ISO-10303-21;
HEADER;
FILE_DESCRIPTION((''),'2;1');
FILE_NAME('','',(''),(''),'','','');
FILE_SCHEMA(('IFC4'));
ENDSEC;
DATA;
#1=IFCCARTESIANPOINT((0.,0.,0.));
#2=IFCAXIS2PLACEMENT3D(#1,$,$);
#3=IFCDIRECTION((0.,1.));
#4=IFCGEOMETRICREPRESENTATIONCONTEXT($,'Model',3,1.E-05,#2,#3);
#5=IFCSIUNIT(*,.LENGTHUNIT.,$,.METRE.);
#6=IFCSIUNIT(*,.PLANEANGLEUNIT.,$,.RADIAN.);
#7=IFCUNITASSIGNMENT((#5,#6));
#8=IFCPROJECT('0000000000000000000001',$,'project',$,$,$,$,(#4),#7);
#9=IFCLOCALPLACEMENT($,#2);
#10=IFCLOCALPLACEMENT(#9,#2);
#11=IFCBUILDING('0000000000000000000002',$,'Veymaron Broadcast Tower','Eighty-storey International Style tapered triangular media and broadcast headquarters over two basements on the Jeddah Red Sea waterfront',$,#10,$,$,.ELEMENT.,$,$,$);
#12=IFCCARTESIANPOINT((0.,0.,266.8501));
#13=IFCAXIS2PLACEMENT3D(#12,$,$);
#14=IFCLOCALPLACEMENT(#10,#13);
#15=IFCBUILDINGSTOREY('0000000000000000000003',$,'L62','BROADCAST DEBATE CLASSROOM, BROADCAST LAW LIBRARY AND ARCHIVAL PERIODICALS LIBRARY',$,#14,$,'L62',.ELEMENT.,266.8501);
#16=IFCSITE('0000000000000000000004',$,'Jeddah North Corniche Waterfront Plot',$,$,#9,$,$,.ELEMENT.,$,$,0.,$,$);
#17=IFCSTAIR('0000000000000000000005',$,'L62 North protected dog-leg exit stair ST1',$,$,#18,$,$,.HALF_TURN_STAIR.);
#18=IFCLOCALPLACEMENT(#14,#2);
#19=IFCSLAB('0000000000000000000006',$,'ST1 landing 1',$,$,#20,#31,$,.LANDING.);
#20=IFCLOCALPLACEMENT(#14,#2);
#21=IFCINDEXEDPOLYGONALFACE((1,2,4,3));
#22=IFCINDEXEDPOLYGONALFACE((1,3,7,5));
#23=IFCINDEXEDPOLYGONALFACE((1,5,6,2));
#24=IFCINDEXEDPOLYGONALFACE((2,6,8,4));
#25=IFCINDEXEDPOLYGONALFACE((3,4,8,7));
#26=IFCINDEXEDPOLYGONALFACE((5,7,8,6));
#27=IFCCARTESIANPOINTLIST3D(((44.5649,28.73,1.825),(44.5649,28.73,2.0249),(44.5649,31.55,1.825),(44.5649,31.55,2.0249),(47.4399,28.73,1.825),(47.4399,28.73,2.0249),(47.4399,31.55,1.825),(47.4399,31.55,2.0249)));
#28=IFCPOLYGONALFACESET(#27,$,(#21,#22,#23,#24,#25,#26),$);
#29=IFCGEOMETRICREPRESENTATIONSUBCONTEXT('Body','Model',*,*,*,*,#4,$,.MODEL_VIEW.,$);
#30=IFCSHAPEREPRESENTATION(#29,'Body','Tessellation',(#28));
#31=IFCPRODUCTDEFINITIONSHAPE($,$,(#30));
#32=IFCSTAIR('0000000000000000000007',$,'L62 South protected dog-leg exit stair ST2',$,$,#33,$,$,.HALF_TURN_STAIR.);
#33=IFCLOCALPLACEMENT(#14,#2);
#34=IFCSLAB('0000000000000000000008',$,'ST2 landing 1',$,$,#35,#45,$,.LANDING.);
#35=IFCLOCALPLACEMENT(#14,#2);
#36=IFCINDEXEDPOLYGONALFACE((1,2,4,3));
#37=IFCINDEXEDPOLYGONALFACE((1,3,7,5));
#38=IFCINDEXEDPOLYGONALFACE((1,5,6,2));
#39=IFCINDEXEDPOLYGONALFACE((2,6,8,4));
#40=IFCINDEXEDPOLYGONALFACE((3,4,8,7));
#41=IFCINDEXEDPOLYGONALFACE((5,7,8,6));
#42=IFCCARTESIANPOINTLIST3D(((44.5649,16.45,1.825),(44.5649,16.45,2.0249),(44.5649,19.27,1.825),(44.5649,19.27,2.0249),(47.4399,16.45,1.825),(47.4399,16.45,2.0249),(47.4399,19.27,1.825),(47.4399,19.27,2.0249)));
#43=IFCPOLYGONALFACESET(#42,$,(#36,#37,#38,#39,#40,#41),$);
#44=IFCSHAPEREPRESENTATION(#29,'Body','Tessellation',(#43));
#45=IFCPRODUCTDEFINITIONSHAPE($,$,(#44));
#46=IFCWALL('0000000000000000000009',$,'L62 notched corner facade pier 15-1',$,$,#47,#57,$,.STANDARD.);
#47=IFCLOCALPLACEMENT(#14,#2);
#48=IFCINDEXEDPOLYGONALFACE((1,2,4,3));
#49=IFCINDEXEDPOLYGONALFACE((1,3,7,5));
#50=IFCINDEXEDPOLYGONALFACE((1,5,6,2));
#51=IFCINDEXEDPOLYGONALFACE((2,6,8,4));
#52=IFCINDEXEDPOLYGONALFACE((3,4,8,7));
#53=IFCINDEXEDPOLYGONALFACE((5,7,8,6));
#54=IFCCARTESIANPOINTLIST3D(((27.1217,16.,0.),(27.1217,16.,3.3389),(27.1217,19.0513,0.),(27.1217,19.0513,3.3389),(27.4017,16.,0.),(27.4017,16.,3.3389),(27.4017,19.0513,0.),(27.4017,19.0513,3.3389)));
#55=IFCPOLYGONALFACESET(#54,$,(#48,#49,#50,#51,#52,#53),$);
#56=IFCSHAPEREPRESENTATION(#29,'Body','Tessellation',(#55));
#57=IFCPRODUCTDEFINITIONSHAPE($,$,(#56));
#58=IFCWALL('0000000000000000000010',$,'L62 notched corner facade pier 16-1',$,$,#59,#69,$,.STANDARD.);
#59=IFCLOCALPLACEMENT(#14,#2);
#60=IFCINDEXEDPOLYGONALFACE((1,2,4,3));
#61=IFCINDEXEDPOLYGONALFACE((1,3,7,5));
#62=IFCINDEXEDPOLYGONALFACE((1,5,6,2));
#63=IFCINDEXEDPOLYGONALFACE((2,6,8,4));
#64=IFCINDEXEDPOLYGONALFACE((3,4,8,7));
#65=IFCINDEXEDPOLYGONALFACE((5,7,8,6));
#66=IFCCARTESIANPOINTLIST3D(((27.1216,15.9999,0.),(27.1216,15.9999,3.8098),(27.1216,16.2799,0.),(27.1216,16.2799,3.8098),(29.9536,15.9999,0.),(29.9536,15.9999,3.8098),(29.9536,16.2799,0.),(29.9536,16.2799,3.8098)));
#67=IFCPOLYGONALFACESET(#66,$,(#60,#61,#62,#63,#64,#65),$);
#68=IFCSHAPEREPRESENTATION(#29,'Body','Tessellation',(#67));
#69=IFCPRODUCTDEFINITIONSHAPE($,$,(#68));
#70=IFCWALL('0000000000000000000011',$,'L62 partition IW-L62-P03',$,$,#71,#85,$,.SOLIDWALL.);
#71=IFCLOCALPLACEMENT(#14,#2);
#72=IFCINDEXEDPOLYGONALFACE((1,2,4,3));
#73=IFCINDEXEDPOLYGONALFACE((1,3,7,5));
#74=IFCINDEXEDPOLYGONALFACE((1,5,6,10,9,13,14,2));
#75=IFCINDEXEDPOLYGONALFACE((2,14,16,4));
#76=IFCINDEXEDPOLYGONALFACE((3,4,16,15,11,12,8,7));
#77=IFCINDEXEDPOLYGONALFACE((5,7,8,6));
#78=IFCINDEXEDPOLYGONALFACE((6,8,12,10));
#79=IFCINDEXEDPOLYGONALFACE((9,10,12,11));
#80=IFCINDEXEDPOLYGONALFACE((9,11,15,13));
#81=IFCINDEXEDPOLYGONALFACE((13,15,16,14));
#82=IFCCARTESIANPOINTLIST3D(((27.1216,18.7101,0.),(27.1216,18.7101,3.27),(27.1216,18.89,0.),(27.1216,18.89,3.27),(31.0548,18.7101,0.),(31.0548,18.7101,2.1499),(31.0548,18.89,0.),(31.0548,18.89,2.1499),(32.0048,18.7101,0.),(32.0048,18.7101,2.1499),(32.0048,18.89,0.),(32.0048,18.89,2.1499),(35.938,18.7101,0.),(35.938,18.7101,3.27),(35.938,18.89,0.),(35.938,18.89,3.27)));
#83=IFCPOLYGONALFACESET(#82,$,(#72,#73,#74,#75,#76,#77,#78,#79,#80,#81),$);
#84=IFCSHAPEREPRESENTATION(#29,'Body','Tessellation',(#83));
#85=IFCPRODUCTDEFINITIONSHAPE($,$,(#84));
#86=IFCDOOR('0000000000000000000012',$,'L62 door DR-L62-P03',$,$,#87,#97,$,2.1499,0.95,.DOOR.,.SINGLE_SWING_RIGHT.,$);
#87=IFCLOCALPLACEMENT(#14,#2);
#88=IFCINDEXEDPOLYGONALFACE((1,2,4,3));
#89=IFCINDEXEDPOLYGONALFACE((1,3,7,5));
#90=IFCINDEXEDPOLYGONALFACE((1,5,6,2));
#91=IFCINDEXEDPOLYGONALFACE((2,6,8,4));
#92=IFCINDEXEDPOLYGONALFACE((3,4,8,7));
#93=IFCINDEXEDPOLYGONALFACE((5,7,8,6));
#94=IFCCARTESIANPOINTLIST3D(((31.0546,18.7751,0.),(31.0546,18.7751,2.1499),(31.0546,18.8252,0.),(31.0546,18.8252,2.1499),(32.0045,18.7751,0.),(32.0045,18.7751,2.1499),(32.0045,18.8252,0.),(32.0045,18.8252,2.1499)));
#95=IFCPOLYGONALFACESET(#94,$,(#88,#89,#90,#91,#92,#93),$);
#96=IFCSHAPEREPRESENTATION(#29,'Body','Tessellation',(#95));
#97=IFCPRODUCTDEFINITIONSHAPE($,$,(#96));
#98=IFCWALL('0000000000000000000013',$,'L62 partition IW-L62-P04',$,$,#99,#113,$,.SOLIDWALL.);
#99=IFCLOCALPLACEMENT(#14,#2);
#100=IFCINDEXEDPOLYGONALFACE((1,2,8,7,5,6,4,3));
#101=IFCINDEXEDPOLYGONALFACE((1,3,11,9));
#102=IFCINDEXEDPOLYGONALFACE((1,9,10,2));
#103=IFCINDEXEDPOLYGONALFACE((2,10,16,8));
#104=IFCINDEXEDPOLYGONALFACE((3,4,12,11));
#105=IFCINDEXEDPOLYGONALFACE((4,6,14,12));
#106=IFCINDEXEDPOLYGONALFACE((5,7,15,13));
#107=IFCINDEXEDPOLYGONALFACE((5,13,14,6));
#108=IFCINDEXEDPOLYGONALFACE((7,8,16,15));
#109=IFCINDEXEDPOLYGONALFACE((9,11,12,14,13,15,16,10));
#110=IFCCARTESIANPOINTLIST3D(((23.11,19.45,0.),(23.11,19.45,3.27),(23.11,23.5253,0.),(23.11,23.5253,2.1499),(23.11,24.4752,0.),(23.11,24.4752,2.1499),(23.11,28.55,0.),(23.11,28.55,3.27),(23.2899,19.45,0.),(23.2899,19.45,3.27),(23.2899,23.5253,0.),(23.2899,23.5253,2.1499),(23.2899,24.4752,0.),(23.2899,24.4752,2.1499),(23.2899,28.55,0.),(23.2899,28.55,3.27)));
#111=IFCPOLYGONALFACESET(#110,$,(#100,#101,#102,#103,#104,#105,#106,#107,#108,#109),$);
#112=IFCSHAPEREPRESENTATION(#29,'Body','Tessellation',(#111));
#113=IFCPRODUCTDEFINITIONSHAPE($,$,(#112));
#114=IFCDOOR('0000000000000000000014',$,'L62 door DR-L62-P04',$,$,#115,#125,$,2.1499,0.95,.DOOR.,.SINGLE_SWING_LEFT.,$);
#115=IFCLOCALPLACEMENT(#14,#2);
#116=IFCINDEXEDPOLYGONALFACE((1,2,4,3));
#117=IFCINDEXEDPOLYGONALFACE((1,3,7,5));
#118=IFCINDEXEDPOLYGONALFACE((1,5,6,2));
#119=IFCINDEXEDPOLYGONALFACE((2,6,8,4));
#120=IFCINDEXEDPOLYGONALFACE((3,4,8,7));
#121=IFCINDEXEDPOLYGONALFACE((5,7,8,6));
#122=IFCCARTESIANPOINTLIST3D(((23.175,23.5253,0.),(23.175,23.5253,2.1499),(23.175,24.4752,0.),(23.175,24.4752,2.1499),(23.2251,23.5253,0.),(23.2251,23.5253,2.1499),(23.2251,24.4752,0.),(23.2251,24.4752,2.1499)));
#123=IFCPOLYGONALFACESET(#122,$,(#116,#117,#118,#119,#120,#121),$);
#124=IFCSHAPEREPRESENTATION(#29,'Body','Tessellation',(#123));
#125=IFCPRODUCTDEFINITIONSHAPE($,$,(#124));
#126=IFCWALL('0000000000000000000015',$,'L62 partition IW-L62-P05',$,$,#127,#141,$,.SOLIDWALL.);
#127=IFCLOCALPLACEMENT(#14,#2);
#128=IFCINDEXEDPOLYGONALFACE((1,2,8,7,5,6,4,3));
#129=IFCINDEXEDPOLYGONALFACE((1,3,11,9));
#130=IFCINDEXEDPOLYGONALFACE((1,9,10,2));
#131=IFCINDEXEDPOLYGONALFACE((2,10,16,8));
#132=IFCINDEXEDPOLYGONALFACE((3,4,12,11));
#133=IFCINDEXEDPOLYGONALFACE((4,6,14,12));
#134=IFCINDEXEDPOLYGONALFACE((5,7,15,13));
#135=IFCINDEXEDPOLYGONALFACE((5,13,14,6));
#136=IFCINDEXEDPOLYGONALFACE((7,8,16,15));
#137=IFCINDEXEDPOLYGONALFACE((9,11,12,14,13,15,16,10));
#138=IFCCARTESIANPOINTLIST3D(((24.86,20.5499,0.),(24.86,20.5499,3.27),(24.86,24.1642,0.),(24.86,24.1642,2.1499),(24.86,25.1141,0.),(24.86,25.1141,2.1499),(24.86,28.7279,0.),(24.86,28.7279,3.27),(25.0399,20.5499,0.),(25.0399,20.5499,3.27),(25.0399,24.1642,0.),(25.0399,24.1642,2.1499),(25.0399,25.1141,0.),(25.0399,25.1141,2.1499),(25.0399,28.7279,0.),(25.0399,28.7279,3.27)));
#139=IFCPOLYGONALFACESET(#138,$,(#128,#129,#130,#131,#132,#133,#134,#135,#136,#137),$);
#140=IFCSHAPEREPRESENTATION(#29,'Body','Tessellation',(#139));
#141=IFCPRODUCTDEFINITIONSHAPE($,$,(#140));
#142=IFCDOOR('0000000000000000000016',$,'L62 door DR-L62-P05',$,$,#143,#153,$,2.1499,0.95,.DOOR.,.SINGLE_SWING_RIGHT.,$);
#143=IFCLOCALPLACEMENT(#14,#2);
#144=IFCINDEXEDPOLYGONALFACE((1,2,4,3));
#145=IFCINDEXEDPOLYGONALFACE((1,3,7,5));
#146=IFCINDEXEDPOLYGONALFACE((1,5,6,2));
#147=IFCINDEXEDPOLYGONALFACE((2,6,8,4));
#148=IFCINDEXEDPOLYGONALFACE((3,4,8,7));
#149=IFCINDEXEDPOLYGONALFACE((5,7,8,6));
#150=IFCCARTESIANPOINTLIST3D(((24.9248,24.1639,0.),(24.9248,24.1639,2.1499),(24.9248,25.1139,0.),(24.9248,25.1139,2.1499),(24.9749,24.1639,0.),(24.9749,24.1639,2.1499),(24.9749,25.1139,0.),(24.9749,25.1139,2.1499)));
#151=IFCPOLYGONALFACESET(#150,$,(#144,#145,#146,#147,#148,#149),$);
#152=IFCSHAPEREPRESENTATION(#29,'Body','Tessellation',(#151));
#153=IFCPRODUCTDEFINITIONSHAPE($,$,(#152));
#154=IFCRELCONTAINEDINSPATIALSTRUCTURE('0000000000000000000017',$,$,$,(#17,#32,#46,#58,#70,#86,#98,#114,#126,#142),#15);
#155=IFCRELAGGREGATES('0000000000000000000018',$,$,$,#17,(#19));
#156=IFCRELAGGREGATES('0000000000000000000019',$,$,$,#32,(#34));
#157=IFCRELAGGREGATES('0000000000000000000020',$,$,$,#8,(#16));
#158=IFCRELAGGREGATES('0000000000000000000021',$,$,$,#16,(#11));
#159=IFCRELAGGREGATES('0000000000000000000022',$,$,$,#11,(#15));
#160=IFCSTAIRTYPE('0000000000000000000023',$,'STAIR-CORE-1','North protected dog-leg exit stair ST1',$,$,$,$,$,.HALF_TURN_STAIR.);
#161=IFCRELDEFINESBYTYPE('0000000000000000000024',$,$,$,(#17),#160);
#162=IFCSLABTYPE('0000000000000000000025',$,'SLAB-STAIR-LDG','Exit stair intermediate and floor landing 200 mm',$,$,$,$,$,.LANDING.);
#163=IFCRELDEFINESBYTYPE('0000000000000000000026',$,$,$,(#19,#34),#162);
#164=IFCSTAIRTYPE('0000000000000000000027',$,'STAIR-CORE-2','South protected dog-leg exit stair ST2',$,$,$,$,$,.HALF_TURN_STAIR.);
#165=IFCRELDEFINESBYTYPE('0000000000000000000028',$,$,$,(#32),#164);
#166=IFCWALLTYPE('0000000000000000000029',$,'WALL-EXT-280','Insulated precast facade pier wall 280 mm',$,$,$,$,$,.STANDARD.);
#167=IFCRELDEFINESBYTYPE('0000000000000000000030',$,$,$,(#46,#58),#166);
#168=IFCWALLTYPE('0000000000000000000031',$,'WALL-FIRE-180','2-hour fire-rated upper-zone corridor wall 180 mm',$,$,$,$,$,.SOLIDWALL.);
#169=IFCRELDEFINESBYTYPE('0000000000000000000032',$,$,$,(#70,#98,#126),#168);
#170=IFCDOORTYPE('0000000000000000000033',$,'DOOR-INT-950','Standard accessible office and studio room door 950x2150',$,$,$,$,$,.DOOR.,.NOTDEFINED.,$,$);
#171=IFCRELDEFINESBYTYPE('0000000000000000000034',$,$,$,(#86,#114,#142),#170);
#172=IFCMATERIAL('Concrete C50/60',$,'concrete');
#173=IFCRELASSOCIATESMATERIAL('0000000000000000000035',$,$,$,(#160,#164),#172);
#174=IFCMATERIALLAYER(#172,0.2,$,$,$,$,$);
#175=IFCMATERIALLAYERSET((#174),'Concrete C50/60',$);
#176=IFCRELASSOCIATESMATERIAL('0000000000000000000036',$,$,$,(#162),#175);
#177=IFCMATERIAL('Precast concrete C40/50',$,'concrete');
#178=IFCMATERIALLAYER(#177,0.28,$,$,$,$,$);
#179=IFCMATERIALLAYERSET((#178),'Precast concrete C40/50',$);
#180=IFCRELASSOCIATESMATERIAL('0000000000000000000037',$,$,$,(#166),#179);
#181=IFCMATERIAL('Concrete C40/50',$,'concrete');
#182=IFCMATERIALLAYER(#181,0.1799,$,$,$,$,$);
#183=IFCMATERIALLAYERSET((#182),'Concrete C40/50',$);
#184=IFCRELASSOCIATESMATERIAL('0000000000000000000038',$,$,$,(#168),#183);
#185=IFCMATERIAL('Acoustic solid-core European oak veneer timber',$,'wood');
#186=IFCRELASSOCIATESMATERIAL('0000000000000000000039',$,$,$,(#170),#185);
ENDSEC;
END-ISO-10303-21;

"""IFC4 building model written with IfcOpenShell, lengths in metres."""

from ifc_helpers import new_model, si_unit, direction, frame, frame_2d, origin, place, context, subcontext, project, spatial, polyline, rectangle, outline, extrude, material, layer, layer_set, type_object, element, fill, aggregate, save


model = new_model("IFC4")

# Units and contexts
model_context = context("Model", 3, precision=1e-05, world=origin(), true_north=direction((0.0, 1.0)))
body_context = subcontext(model_context, "Body", "Model", "MODEL_VIEW")
ifc_project = project(units=[si_unit("LENGTHUNIT", "METRE"), si_unit("PLANEANGLEUNIT", "RADIAN")], contexts=[model_context])

# Site, building, storey
site_placement = place(None, origin())
site = spatial("IfcSite", under=ifc_project, at=site_placement, Name="Jeddah North Corniche Waterfront Plot", CompositionType="ELEMENT", RefElevation=0.0)
building_placement = place(site_placement, origin())
building = spatial("IfcBuilding", under=site, at=building_placement, Name="Veymaron Broadcast Tower", Description="Eighty-storey International Style tapered triangular media and broadcast headquarters over two basements on the Jeddah Red Sea waterfront", CompositionType="ELEMENT")
storey_placement = place(building_placement, frame((0.0, 0.0, 266.8501)))
storey = spatial("IfcBuildingStorey", under=building, at=storey_placement, Name="L62", Description="BROADCAST DEBATE CLASSROOM, BROADCAST LAW LIBRARY AND ARCHIVAL PERIODICALS LIBRARY", LongName="L62", CompositionType="ELEMENT", Elevation=266.8501)

# Shared definitions
ifc_material_1 = material(Name="Concrete C40/50", Category="concrete")

# Stairs, slabs
ifc_material_2 = material(Name="Concrete C50/60", Category="concrete")
stair_type_1 = type_object("IfcStairType", Name="STAIR-CORE-1", Description="North protected dog-leg exit stair ST1", PredefinedType="HALF_TURN_STAIR", material=ifc_material_2)
stair_1_placement = place(storey_placement, origin())
stair_1 = element("IfcStair", 1, at=stair_1_placement, inside=storey, type_object=stair_type_1, Name="L62 North protected dog-leg exit stair ST1", PredefinedType="HALF_TURN_STAIR")
ifc_layer_1 = layer(ifc_material_2, 0.2)
ifc_layer_set_1 = layer_set([ifc_layer_1], Name="Concrete C50/60")
slab_type_1 = type_object("IfcSlabType", Name="SLAB-STAIR-LDG", Description="Exit stair intermediate and floor landing 200 mm", PredefinedType="LANDING", material=ifc_layer_set_1)
slab_1_placement = place(storey_placement, frame((0.0, 0.0, 1.825)))
slab_1 = element("IfcSlab", 2, at=slab_1_placement, type_object=slab_type_1, Name="ST1 landing 1", PredefinedType="LANDING", context=body_context, shape_type="SweptSolid", body=[
    extrude(outline(polyline([(44.5649, 28.73), (47.4399, 28.73), (47.4399, 31.55), (44.5649, 31.55), (44.5649, 28.73)])), origin(), (0.0, 0.0, 1.0), 0.2),
])
aggregate(stair_1, [slab_1])
stair_type_2 = type_object("IfcStairType", Name="STAIR-CORE-2", Description="South protected dog-leg exit stair ST2", PredefinedType="HALF_TURN_STAIR", material=ifc_material_2)
stair_2_placement = place(storey_placement, origin())
stair_2 = element("IfcStair", 3, at=stair_2_placement, inside=storey, type_object=stair_type_2, Name="L62 South protected dog-leg exit stair ST2", PredefinedType="HALF_TURN_STAIR")
slab_2_placement = place(storey_placement, frame((0.0, 0.0, 1.825)))
slab_2 = element("IfcSlab", 4, at=slab_2_placement, type_object=slab_type_1, Name="ST2 landing 1", PredefinedType="LANDING", context=body_context, shape_type="SweptSolid", body=[
    extrude(outline(polyline([(44.5649, 16.45), (47.4399, 16.45), (47.4399, 19.27), (44.5649, 19.27), (44.5649, 16.45)])), origin(), (0.0, 0.0, 1.0), 0.2),
])
aggregate(stair_2, [slab_2])

# Walls
ifc_material_3 = material(Name="Precast concrete C40/50", Category="concrete")
ifc_layer_2 = layer(ifc_material_3, 0.28)
ifc_layer_set_2 = layer_set([ifc_layer_2], Name="Precast concrete C40/50")
wall_type_1 = type_object("IfcWallType", Name="WALL-EXT-280", Description="Insulated precast facade pier wall 280 mm", PredefinedType="STANDARD", material=ifc_layer_set_2)
wall_1_placement = place(storey_placement, frame((27.2617, 19.0513, 0.0), z_axis=(0.0, 0.0, 1.0), x_axis=(0.0, -1.0, 0.0)))
element("IfcWall", 5, at=wall_1_placement, inside=storey, type_object=wall_type_1, Name="L62 notched corner facade pier 15-1", PredefinedType="STANDARD", context=body_context, shape_type="SweptSolid", body=[
    extrude(rectangle(XDim=3.0513, YDim=0.28, at=frame_2d((1.5256, 0.0))), origin(), (0.0, 0.0, 1.0), 3.3389),
])
wall_2_placement = place(storey_placement, frame((27.1216, 16.1399, 0.0), z_axis=(0.0, 0.0, 1.0), x_axis=(1.0, 0.0, 0.0)))
element("IfcWall", 6, at=wall_2_placement, inside=storey, type_object=wall_type_1, Name="L62 notched corner facade pier 16-1", PredefinedType="STANDARD", context=body_context, shape_type="SweptSolid", body=[
    extrude(rectangle(XDim=2.832, YDim=0.28, at=frame_2d((1.416, 0.0))), origin(), (0.0, 0.0, 1.0), 3.8098),
])

# Walls, openings, doors
ifc_layer_3 = layer(ifc_material_1, 0.1799)
ifc_layer_set_3 = layer_set([ifc_layer_3], Name="Concrete C40/50")
wall_type_2 = type_object("IfcWallType", Name="WALL-FIRE-180", Description="2-hour fire-rated upper-zone corridor wall 180 mm", PredefinedType="SOLIDWALL", material=ifc_layer_set_3)
wall_3_placement = place(storey_placement, frame((27.1216, 18.8, 0.0), z_axis=(0.0, 0.0, 1.0), x_axis=(1.0, 0.0, 0.0)))
wall_3 = element("IfcWall", 7, at=wall_3_placement, inside=storey, type_object=wall_type_2, Name="L62 partition IW-L62-P03", PredefinedType="SOLIDWALL", context=body_context, shape_type="SweptSolid", body=[
    extrude(rectangle(XDim=8.8164, YDim=0.1799, at=frame_2d((4.4082, 0.0))), origin(), (0.0, 0.0, 1.0), 3.27),
])
opening_1_placement = place(wall_3_placement, frame((3.9331, 0.0, 0.0)))
opening_1 = element("IfcOpeningElement", 8, at=opening_1_placement, cuts=wall_3, PredefinedType="OPENING", context=body_context, shape_type="SweptSolid", body=[
    extrude(rectangle(XDim=0.95, YDim=2.1499, at=frame_2d((0.4751, 1.075))), frame((0.0, 0.1001, 0.0), z_axis=(0.0, -1.0, 0.0), x_axis=(1.0, 0.0, 0.0)), (0.0, 0.0, 1.0), 0.2),
])
ifc_material_4 = material(Name="Acoustic solid-core European oak veneer timber", Category="wood")
door_type = type_object("IfcDoorType", Name="DOOR-INT-950", Description="Standard accessible office and studio room door 950x2150", OperationType="NOTDEFINED", PredefinedType="DOOR", material=ifc_material_4)
door_1_placement = place(opening_1_placement, frame((0.95, 0.0, 0.0), z_axis=(0.0, 0.0, 1.0), x_axis=(-1.0, 0.0, 0.0)))
door_1 = element("IfcDoor", 9, at=door_1_placement, inside=storey, type_object=door_type, Name="L62 door DR-L62-P03", OperationType="SINGLE_SWING_RIGHT", OverallHeight=2.1499, OverallWidth=0.95, PredefinedType="DOOR", context=body_context, shape_type="SweptSolid", body=[
    extrude(rectangle(XDim=0.95, YDim=2.1499, at=frame_2d((0.4751, 1.075))), frame((0.0, 0.0249, 0.0), z_axis=(0.0, -1.0, 0.0), x_axis=(1.0, 0.0, 0.0)), (0.0, 0.0, 1.0), 0.05),
])
fill(opening_1, door_1)
wall_4_placement = place(storey_placement, frame((23.2, 19.45, 0.0), z_axis=(0.0, 0.0, 1.0), x_axis=(0.0, 1.0, 0.0)))
wall_4 = element("IfcWall", 10, at=wall_4_placement, inside=storey, type_object=wall_type_2, Name="L62 partition IW-L62-P04", PredefinedType="SOLIDWALL", context=body_context, shape_type="SweptSolid", body=[
    extrude(rectangle(XDim=9.1001, YDim=0.1799, at=frame_2d((4.55, 0.0))), origin(), (0.0, 0.0, 1.0), 3.27),
])
opening_2_placement = place(wall_4_placement, frame((4.0752, 0.0, 0.0)))
opening_2 = element("IfcOpeningElement", 11, at=opening_2_placement, cuts=wall_4, PredefinedType="OPENING", context=body_context, shape_type="SweptSolid", body=[
    extrude(rectangle(XDim=0.95, YDim=2.1499, at=frame_2d((0.4751, 1.075))), frame((0.0, 0.1001, 0.0), z_axis=(0.0, -1.0, 0.0), x_axis=(1.0, 0.0, 0.0)), (0.0, 0.0, 1.0), 0.2),
])
door_2_placement = place(opening_2_placement, origin())
door_2 = element("IfcDoor", 12, at=door_2_placement, inside=storey, type_object=door_type, Name="L62 door DR-L62-P04", OperationType="SINGLE_SWING_LEFT", OverallHeight=2.1499, OverallWidth=0.95, PredefinedType="DOOR", context=body_context, shape_type="SweptSolid", body=[
    extrude(rectangle(XDim=0.95, YDim=2.1499, at=frame_2d((0.4751, 1.075))), frame((0.0, 0.0249, 0.0), z_axis=(0.0, -1.0, 0.0), x_axis=(1.0, 0.0, 0.0)), (0.0, 0.0, 1.0), 0.05),
])
fill(opening_2, door_2)
wall_5_placement = place(storey_placement, frame((24.95, 20.55, 0.0), z_axis=(0.0, 0.0, 1.0), x_axis=(0.0, 1.0, 0.0)))
wall_5 = element("IfcWall", 13, at=wall_5_placement, inside=storey, type_object=wall_type_2, Name="L62 partition IW-L62-P05", PredefinedType="SOLIDWALL", context=body_context, shape_type="SweptSolid", body=[
    extrude(rectangle(XDim=8.178, YDim=0.1799, at=frame_2d((4.0889, 0.0))), origin(), (0.0, 0.0, 1.0), 3.27),
])
opening_3_placement = place(wall_5_placement, frame((3.614, 0.0, 0.0)))
opening_3 = element("IfcOpeningElement", 14, at=opening_3_placement, cuts=wall_5, PredefinedType="OPENING", context=body_context, shape_type="SweptSolid", body=[
    extrude(rectangle(XDim=0.95, YDim=2.1499, at=frame_2d((0.4751, 1.075))), frame((0.0, 0.1001, 0.0), z_axis=(0.0, -1.0, 0.0), x_axis=(1.0, 0.0, 0.0)), (0.0, 0.0, 1.0), 0.2),
])
door_3_placement = place(opening_3_placement, frame((0.95, 0.0, 0.0), z_axis=(0.0, 0.0, 1.0), x_axis=(-1.0, 0.0, 0.0)))
door_3 = element("IfcDoor", 15, at=door_3_placement, inside=storey, type_object=door_type, Name="L62 door DR-L62-P05", OperationType="SINGLE_SWING_RIGHT", OverallHeight=2.1499, OverallWidth=0.95, PredefinedType="DOOR", context=body_context, shape_type="SweptSolid", body=[
    extrude(rectangle(XDim=0.95, YDim=2.1499, at=frame_2d((0.4751, 1.075))), frame((0.0, 0.0249, 0.0), z_axis=(0.0, -1.0, 0.0), x_axis=(1.0, 0.0, 0.0)), (0.0, 0.0, 1.0), 0.05),
])
fill(opening_3, door_3)

save(model, "model.ifc")
